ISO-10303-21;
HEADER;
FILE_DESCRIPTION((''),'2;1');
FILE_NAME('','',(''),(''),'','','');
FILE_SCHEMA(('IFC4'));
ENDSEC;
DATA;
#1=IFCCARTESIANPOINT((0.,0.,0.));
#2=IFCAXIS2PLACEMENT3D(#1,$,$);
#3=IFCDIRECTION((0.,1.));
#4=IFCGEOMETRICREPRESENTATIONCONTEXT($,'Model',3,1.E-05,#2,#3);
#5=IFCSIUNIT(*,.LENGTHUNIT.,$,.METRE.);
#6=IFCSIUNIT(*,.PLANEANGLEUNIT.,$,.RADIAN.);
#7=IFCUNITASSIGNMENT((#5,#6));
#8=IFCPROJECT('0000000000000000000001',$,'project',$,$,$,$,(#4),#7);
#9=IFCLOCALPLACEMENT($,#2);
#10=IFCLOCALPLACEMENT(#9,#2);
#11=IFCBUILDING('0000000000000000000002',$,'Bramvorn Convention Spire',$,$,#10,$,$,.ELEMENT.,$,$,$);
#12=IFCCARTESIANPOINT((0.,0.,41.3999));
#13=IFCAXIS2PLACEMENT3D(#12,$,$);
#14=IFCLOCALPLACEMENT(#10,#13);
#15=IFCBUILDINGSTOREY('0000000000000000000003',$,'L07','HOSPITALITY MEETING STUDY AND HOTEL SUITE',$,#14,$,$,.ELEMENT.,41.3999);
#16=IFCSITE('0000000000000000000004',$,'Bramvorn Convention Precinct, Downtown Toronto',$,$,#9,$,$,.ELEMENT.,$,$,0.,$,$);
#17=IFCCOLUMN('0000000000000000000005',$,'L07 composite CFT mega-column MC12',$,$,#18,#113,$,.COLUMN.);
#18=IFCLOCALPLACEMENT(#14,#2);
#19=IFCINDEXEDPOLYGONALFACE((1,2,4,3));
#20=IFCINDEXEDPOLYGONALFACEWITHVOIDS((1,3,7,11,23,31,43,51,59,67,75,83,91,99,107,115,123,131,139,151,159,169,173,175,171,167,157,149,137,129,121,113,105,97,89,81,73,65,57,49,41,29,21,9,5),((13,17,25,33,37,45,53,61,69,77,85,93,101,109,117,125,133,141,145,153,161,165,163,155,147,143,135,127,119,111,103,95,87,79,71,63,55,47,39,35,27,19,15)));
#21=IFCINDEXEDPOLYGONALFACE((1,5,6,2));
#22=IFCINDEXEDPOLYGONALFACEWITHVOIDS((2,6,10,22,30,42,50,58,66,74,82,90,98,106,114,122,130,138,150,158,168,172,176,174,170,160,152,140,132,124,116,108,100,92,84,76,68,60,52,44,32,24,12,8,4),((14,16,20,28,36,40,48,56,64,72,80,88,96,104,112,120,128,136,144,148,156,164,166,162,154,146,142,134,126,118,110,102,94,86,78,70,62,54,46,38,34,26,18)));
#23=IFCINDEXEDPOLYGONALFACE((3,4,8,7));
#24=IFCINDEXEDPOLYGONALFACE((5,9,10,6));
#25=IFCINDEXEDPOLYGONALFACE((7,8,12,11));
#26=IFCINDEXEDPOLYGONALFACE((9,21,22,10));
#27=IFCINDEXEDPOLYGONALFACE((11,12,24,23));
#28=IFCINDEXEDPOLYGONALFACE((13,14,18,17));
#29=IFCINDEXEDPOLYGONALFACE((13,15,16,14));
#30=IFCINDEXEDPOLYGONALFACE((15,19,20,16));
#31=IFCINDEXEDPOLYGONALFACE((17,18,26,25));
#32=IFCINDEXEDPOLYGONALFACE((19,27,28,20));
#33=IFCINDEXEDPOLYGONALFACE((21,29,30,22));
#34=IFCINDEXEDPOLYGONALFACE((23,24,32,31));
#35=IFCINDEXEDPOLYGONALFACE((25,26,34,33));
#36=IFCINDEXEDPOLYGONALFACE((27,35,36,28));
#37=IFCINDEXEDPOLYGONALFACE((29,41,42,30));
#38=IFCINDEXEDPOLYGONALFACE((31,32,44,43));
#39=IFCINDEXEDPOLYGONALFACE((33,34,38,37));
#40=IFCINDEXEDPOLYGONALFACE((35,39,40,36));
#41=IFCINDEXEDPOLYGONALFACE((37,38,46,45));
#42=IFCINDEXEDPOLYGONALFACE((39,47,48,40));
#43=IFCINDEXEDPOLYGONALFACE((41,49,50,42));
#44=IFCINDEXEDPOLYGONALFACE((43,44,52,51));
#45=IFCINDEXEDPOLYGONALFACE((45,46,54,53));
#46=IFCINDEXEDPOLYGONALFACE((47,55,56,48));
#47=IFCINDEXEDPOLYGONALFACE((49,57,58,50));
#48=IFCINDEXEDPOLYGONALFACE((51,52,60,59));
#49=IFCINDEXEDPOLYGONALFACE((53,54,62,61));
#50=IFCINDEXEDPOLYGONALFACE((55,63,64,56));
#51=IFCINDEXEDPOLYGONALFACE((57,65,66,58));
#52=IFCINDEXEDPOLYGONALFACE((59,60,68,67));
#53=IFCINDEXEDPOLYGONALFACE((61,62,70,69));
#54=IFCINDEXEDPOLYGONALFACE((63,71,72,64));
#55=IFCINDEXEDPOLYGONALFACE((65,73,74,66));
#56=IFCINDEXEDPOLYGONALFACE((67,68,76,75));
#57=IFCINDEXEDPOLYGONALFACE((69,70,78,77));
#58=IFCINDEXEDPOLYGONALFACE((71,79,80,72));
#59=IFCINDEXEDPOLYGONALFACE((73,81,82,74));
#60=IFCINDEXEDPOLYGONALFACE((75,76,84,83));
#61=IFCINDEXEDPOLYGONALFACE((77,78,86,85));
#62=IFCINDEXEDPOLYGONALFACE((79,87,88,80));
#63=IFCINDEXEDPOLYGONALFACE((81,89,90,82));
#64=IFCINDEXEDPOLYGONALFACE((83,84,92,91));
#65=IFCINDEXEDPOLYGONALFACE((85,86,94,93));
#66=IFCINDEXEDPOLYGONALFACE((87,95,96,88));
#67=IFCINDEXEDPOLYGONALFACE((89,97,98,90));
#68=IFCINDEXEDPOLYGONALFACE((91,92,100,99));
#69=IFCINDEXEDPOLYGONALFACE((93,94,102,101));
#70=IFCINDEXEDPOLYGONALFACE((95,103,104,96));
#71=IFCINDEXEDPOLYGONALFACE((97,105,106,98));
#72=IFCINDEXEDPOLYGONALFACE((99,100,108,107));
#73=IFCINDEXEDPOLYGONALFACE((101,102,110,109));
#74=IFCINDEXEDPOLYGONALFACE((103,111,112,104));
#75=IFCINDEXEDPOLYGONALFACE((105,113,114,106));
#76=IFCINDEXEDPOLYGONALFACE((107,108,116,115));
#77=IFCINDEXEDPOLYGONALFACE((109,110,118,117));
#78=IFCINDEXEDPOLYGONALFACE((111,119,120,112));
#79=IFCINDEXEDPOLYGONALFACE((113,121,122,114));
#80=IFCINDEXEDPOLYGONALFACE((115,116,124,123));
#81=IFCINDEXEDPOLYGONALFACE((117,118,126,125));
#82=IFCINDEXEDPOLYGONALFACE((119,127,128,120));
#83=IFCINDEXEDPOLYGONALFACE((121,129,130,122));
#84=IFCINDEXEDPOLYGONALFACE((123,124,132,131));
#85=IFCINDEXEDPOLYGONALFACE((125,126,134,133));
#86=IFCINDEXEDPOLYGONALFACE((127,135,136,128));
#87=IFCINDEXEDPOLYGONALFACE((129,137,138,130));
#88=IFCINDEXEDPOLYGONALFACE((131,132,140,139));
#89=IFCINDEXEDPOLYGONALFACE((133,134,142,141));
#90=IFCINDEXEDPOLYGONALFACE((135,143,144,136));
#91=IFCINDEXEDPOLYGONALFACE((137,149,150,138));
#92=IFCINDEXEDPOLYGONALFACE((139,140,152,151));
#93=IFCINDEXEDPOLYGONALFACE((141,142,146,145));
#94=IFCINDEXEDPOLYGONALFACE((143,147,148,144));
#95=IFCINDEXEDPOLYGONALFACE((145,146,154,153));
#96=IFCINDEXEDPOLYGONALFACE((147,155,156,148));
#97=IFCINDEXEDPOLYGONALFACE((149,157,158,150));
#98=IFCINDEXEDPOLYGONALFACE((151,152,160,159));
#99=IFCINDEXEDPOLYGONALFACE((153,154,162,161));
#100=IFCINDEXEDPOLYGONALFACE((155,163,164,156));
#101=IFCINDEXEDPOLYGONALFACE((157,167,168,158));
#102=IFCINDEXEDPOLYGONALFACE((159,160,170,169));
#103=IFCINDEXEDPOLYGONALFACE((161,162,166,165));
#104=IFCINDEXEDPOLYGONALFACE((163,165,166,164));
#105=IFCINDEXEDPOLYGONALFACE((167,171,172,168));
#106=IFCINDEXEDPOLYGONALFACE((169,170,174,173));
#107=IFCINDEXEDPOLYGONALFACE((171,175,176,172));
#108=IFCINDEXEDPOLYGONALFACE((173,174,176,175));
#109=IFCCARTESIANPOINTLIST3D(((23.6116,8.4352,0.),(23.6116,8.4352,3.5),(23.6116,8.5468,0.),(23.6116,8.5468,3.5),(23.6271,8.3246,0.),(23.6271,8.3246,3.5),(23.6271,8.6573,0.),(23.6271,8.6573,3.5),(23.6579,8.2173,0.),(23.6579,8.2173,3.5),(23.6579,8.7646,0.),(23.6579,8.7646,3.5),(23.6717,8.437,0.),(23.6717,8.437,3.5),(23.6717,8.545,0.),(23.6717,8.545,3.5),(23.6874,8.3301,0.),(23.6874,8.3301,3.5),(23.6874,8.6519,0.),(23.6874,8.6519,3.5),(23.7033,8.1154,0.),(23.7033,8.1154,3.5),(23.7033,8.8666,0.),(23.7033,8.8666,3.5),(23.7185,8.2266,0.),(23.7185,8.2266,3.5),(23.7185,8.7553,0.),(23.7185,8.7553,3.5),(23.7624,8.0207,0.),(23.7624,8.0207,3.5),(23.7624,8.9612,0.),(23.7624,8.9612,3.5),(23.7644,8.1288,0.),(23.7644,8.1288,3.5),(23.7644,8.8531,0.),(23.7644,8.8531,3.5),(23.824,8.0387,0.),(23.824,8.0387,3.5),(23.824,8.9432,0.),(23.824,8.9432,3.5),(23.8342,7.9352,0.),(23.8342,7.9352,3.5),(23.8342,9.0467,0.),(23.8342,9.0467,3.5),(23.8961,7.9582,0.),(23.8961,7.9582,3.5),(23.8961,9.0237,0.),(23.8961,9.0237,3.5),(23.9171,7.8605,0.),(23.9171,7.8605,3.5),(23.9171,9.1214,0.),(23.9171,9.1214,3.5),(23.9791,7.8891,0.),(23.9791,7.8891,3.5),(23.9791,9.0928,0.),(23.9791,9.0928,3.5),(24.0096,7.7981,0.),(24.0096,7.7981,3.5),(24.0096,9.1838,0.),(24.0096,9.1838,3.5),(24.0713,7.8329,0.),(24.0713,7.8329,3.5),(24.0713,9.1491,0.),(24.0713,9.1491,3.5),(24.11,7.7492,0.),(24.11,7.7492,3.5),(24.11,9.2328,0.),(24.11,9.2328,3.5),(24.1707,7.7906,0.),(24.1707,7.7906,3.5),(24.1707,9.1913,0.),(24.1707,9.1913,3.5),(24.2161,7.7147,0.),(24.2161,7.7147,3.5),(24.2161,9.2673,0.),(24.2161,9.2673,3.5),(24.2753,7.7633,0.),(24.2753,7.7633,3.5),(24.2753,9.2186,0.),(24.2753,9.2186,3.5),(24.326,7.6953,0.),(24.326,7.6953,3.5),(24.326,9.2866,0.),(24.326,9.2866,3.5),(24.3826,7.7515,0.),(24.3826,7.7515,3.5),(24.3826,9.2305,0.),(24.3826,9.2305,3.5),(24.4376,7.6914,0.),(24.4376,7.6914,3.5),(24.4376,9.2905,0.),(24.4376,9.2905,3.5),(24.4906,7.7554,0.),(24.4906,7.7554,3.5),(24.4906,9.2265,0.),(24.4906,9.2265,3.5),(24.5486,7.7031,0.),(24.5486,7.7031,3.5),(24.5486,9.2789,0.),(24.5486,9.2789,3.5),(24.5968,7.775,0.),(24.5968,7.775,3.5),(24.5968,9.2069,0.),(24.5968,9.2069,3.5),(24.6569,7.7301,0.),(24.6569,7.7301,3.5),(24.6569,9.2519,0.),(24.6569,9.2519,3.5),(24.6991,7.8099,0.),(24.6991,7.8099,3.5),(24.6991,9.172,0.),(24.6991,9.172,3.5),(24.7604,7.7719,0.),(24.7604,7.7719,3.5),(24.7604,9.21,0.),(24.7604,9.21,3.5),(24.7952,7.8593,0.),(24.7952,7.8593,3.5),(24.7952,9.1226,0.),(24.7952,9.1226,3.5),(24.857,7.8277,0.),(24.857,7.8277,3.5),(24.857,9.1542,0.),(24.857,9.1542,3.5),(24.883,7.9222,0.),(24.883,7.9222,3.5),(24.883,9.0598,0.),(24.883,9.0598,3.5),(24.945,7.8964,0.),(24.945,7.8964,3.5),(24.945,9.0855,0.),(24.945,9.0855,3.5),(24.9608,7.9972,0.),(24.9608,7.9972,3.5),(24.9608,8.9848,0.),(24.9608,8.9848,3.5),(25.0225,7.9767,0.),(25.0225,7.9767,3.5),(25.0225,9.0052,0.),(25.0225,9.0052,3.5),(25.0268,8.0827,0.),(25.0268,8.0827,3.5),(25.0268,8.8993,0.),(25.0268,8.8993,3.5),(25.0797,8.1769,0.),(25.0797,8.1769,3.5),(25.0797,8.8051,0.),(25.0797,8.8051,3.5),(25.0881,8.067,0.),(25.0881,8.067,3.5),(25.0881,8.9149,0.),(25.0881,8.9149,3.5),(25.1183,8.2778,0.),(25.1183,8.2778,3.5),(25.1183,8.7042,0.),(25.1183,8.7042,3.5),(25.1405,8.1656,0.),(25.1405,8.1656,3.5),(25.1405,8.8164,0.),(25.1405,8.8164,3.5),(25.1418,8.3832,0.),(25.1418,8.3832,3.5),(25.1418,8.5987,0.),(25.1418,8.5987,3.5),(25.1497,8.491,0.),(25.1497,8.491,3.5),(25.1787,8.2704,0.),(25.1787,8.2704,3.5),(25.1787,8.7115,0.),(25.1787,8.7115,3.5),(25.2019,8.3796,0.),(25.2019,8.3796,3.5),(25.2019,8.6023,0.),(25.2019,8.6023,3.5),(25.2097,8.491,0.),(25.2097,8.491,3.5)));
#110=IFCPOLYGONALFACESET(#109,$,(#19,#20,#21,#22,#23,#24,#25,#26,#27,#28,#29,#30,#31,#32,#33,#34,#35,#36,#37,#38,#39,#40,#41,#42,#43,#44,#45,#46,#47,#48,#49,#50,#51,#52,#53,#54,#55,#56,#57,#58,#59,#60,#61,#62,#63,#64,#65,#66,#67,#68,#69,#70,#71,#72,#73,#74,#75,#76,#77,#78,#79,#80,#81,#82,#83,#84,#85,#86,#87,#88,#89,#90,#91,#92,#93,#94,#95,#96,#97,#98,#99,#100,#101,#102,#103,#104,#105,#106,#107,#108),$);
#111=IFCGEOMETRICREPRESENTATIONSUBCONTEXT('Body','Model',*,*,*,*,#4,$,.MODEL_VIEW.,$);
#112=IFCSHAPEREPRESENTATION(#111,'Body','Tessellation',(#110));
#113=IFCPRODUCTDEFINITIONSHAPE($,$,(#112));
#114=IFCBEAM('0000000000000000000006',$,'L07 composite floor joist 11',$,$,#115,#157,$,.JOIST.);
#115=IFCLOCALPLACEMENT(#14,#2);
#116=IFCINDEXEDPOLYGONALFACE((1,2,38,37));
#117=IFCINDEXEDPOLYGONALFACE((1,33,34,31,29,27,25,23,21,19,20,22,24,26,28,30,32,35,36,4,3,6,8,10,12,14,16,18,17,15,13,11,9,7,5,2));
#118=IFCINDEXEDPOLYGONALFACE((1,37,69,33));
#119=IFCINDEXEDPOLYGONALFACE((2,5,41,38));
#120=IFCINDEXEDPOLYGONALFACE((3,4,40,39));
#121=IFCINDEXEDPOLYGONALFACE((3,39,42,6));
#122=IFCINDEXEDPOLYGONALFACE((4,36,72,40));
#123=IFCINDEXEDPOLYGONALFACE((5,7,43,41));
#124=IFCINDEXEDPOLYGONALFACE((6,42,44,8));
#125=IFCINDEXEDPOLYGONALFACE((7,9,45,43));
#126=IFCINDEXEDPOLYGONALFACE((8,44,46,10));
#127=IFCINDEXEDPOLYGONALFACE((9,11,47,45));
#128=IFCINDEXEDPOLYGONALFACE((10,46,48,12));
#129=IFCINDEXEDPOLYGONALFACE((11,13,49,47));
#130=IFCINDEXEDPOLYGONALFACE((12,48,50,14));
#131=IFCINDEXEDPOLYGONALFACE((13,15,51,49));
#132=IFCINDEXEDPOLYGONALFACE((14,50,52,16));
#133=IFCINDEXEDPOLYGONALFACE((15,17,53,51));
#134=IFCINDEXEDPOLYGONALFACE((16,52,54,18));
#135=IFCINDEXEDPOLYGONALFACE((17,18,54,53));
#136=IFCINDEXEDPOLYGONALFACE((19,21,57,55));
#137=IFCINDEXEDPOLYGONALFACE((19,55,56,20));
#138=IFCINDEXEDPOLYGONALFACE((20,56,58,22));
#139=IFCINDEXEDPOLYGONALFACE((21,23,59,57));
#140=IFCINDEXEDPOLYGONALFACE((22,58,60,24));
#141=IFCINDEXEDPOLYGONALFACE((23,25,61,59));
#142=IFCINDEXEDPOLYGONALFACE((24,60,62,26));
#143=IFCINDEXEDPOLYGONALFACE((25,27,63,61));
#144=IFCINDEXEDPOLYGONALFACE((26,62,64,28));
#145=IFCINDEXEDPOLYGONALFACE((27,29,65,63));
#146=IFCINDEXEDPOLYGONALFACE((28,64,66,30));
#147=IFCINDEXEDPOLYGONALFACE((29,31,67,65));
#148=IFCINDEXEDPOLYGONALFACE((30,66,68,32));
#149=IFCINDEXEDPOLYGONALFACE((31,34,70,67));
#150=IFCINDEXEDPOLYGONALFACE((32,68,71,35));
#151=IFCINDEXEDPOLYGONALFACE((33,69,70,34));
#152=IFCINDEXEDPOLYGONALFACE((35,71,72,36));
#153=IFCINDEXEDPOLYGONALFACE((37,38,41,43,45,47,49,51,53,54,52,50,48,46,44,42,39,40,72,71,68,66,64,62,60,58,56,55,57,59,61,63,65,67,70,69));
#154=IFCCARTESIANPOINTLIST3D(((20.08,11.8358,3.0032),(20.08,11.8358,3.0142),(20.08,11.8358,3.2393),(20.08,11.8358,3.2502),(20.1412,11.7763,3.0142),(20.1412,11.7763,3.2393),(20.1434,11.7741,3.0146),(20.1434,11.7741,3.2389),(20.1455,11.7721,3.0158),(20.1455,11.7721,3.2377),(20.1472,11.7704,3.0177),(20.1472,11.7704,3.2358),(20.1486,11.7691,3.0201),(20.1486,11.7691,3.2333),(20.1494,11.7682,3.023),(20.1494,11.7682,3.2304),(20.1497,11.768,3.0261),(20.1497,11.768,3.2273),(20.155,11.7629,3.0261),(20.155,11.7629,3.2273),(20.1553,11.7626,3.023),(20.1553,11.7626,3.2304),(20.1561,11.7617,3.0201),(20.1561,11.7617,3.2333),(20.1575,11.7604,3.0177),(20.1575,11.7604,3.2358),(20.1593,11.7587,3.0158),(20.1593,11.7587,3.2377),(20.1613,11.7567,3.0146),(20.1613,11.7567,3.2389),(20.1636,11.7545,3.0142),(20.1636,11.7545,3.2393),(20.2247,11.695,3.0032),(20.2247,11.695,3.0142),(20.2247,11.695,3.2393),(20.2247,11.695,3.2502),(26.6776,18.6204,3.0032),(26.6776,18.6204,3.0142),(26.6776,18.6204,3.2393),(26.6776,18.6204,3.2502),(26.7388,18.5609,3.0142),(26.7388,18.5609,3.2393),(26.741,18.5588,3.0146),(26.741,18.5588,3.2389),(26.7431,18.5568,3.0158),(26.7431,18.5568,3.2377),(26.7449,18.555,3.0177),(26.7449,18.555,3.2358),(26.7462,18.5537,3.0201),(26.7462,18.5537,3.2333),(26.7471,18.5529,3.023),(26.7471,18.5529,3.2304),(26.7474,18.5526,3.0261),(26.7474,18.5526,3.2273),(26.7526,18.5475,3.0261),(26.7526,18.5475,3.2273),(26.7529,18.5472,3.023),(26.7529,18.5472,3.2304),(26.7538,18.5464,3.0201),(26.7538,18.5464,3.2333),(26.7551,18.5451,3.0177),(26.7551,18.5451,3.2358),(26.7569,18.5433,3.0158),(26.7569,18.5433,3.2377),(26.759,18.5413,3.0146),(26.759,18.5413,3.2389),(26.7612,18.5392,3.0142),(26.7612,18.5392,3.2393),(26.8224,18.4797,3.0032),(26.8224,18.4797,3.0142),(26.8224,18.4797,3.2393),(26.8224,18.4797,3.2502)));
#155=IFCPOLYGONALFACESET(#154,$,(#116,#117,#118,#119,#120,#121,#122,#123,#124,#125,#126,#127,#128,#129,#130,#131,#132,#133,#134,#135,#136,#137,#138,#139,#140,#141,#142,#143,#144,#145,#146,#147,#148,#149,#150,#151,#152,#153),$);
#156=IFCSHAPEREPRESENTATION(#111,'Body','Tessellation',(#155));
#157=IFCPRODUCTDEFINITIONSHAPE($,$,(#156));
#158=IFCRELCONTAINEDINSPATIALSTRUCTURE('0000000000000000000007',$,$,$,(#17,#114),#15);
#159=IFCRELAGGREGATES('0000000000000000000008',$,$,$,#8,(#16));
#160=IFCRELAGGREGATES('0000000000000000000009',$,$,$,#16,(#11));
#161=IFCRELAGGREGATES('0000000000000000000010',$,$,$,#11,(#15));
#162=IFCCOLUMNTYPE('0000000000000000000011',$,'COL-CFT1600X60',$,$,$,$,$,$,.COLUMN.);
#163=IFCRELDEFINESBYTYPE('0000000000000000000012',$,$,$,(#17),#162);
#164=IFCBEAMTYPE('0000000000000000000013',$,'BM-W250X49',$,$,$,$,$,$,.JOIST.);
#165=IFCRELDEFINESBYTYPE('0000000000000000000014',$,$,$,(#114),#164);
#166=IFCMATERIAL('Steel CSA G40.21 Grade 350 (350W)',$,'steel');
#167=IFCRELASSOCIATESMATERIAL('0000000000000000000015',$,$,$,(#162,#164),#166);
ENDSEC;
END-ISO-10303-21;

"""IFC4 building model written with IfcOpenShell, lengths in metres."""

from ifc_helpers import new_model, si_unit, direction, frame, origin, origin_2d, place, context, subcontext, project, spatial, hollow_circle, i_section, extrude, material, material_profile, profile_set, type_object, element, save


model = new_model("IFC4")

# Units and contexts
model_context = context("Model", 3, precision=1e-05, world=origin(), true_north=direction((0.0, 1.0)))
body_context = subcontext(model_context, "Body", "Model", "MODEL_VIEW")
ifc_project = project(units=[si_unit("LENGTHUNIT", "METRE"), si_unit("PLANEANGLEUNIT", "RADIAN")], contexts=[model_context])

# Site, building, storey
site_placement = place(None, origin())
site = spatial("IfcSite", under=ifc_project, at=site_placement, Name="Bramvorn Convention Precinct, Downtown Toronto", CompositionType="ELEMENT", RefElevation=0.0)
building_placement = place(site_placement, origin())
building = spatial("IfcBuilding", under=site, at=building_placement, Name="Bramvorn Convention Spire", CompositionType="ELEMENT")
storey_placement = place(building_placement, frame((0.0, 0.0, 41.3999)))
storey = spatial("IfcBuildingStorey", under=building, at=storey_placement, Name="L07", Description="HOSPITALITY MEETING STUDY AND HOTEL SUITE", CompositionType="ELEMENT", Elevation=41.3999)

# Column
ifc_material_1 = material(Name="Steel CSA G40.21 Grade 350 (350W)", Category="steel")
ifc_material_profile_1 = material_profile(ifc_material_1, hollow_circle(Radius=0.8, WallThickness=0.0601, at=origin_2d()))
ifc_profile_set_1 = profile_set([ifc_material_profile_1], Name="Steel CSA G40.21 Grade 350 (350W) - CFT1600X60")
column_type = type_object("IfcColumnType", Name="COL-CFT1600X60", PredefinedType="COLUMN", material=ifc_profile_set_1)
column_placement = place(storey_placement, frame((24.4097, 8.491, 0.0), z_axis=(0.0, 0.0, 1.0), x_axis=(1.0, 0.0, 0.0)))
element("IfcColumn", 1, at=column_placement, inside=storey, type_object=column_type, Name="L07 composite CFT mega-column MC12", PredefinedType="COLUMN", context=body_context, shape_type="SweptSolid", body=[
    extrude(hollow_circle(Radius=0.8, WallThickness=0.0601, at=origin_2d()), origin(), (0.0, 0.0, 1.0), 3.5),
])

# Beam
ifc_material_profile_2 = material_profile(ifc_material_1, i_section(OverallWidth=0.2019, OverallDepth=0.2471, WebThickness=0.0073, FlangeThickness=0.011, FilletRadius=0.012, at=origin_2d()))
ifc_profile_set_2 = profile_set([ifc_material_profile_2], Name="Steel CSA G40.21 Grade 350 (350W) - W250X49")
beam_type_1 = type_object("IfcBeamType", Name="BM-W250X49", PredefinedType="JOIST", material=ifc_profile_set_2)
beam_1_placement = place(storey_placement, frame((26.75, 18.55, 3.1267), z_axis=(-0.697157, -0.716918, 0.0), x_axis=(0.716918, -0.697157, 0.0)))
element("IfcBeam", 2, at=beam_1_placement, inside=storey, type_object=beam_type_1, Name="L07 composite floor joist 11", PredefinedType="JOIST", context=body_context, shape_type="SweptSolid", body=[
    extrude(i_section(OverallWidth=0.2019, OverallDepth=0.2471, WebThickness=0.0073, FlangeThickness=0.011, FilletRadius=0.012, at=origin_2d()), origin(), (0.0, 0.0, 1.0), 9.4636),
])

save(model, "model.ifc")
